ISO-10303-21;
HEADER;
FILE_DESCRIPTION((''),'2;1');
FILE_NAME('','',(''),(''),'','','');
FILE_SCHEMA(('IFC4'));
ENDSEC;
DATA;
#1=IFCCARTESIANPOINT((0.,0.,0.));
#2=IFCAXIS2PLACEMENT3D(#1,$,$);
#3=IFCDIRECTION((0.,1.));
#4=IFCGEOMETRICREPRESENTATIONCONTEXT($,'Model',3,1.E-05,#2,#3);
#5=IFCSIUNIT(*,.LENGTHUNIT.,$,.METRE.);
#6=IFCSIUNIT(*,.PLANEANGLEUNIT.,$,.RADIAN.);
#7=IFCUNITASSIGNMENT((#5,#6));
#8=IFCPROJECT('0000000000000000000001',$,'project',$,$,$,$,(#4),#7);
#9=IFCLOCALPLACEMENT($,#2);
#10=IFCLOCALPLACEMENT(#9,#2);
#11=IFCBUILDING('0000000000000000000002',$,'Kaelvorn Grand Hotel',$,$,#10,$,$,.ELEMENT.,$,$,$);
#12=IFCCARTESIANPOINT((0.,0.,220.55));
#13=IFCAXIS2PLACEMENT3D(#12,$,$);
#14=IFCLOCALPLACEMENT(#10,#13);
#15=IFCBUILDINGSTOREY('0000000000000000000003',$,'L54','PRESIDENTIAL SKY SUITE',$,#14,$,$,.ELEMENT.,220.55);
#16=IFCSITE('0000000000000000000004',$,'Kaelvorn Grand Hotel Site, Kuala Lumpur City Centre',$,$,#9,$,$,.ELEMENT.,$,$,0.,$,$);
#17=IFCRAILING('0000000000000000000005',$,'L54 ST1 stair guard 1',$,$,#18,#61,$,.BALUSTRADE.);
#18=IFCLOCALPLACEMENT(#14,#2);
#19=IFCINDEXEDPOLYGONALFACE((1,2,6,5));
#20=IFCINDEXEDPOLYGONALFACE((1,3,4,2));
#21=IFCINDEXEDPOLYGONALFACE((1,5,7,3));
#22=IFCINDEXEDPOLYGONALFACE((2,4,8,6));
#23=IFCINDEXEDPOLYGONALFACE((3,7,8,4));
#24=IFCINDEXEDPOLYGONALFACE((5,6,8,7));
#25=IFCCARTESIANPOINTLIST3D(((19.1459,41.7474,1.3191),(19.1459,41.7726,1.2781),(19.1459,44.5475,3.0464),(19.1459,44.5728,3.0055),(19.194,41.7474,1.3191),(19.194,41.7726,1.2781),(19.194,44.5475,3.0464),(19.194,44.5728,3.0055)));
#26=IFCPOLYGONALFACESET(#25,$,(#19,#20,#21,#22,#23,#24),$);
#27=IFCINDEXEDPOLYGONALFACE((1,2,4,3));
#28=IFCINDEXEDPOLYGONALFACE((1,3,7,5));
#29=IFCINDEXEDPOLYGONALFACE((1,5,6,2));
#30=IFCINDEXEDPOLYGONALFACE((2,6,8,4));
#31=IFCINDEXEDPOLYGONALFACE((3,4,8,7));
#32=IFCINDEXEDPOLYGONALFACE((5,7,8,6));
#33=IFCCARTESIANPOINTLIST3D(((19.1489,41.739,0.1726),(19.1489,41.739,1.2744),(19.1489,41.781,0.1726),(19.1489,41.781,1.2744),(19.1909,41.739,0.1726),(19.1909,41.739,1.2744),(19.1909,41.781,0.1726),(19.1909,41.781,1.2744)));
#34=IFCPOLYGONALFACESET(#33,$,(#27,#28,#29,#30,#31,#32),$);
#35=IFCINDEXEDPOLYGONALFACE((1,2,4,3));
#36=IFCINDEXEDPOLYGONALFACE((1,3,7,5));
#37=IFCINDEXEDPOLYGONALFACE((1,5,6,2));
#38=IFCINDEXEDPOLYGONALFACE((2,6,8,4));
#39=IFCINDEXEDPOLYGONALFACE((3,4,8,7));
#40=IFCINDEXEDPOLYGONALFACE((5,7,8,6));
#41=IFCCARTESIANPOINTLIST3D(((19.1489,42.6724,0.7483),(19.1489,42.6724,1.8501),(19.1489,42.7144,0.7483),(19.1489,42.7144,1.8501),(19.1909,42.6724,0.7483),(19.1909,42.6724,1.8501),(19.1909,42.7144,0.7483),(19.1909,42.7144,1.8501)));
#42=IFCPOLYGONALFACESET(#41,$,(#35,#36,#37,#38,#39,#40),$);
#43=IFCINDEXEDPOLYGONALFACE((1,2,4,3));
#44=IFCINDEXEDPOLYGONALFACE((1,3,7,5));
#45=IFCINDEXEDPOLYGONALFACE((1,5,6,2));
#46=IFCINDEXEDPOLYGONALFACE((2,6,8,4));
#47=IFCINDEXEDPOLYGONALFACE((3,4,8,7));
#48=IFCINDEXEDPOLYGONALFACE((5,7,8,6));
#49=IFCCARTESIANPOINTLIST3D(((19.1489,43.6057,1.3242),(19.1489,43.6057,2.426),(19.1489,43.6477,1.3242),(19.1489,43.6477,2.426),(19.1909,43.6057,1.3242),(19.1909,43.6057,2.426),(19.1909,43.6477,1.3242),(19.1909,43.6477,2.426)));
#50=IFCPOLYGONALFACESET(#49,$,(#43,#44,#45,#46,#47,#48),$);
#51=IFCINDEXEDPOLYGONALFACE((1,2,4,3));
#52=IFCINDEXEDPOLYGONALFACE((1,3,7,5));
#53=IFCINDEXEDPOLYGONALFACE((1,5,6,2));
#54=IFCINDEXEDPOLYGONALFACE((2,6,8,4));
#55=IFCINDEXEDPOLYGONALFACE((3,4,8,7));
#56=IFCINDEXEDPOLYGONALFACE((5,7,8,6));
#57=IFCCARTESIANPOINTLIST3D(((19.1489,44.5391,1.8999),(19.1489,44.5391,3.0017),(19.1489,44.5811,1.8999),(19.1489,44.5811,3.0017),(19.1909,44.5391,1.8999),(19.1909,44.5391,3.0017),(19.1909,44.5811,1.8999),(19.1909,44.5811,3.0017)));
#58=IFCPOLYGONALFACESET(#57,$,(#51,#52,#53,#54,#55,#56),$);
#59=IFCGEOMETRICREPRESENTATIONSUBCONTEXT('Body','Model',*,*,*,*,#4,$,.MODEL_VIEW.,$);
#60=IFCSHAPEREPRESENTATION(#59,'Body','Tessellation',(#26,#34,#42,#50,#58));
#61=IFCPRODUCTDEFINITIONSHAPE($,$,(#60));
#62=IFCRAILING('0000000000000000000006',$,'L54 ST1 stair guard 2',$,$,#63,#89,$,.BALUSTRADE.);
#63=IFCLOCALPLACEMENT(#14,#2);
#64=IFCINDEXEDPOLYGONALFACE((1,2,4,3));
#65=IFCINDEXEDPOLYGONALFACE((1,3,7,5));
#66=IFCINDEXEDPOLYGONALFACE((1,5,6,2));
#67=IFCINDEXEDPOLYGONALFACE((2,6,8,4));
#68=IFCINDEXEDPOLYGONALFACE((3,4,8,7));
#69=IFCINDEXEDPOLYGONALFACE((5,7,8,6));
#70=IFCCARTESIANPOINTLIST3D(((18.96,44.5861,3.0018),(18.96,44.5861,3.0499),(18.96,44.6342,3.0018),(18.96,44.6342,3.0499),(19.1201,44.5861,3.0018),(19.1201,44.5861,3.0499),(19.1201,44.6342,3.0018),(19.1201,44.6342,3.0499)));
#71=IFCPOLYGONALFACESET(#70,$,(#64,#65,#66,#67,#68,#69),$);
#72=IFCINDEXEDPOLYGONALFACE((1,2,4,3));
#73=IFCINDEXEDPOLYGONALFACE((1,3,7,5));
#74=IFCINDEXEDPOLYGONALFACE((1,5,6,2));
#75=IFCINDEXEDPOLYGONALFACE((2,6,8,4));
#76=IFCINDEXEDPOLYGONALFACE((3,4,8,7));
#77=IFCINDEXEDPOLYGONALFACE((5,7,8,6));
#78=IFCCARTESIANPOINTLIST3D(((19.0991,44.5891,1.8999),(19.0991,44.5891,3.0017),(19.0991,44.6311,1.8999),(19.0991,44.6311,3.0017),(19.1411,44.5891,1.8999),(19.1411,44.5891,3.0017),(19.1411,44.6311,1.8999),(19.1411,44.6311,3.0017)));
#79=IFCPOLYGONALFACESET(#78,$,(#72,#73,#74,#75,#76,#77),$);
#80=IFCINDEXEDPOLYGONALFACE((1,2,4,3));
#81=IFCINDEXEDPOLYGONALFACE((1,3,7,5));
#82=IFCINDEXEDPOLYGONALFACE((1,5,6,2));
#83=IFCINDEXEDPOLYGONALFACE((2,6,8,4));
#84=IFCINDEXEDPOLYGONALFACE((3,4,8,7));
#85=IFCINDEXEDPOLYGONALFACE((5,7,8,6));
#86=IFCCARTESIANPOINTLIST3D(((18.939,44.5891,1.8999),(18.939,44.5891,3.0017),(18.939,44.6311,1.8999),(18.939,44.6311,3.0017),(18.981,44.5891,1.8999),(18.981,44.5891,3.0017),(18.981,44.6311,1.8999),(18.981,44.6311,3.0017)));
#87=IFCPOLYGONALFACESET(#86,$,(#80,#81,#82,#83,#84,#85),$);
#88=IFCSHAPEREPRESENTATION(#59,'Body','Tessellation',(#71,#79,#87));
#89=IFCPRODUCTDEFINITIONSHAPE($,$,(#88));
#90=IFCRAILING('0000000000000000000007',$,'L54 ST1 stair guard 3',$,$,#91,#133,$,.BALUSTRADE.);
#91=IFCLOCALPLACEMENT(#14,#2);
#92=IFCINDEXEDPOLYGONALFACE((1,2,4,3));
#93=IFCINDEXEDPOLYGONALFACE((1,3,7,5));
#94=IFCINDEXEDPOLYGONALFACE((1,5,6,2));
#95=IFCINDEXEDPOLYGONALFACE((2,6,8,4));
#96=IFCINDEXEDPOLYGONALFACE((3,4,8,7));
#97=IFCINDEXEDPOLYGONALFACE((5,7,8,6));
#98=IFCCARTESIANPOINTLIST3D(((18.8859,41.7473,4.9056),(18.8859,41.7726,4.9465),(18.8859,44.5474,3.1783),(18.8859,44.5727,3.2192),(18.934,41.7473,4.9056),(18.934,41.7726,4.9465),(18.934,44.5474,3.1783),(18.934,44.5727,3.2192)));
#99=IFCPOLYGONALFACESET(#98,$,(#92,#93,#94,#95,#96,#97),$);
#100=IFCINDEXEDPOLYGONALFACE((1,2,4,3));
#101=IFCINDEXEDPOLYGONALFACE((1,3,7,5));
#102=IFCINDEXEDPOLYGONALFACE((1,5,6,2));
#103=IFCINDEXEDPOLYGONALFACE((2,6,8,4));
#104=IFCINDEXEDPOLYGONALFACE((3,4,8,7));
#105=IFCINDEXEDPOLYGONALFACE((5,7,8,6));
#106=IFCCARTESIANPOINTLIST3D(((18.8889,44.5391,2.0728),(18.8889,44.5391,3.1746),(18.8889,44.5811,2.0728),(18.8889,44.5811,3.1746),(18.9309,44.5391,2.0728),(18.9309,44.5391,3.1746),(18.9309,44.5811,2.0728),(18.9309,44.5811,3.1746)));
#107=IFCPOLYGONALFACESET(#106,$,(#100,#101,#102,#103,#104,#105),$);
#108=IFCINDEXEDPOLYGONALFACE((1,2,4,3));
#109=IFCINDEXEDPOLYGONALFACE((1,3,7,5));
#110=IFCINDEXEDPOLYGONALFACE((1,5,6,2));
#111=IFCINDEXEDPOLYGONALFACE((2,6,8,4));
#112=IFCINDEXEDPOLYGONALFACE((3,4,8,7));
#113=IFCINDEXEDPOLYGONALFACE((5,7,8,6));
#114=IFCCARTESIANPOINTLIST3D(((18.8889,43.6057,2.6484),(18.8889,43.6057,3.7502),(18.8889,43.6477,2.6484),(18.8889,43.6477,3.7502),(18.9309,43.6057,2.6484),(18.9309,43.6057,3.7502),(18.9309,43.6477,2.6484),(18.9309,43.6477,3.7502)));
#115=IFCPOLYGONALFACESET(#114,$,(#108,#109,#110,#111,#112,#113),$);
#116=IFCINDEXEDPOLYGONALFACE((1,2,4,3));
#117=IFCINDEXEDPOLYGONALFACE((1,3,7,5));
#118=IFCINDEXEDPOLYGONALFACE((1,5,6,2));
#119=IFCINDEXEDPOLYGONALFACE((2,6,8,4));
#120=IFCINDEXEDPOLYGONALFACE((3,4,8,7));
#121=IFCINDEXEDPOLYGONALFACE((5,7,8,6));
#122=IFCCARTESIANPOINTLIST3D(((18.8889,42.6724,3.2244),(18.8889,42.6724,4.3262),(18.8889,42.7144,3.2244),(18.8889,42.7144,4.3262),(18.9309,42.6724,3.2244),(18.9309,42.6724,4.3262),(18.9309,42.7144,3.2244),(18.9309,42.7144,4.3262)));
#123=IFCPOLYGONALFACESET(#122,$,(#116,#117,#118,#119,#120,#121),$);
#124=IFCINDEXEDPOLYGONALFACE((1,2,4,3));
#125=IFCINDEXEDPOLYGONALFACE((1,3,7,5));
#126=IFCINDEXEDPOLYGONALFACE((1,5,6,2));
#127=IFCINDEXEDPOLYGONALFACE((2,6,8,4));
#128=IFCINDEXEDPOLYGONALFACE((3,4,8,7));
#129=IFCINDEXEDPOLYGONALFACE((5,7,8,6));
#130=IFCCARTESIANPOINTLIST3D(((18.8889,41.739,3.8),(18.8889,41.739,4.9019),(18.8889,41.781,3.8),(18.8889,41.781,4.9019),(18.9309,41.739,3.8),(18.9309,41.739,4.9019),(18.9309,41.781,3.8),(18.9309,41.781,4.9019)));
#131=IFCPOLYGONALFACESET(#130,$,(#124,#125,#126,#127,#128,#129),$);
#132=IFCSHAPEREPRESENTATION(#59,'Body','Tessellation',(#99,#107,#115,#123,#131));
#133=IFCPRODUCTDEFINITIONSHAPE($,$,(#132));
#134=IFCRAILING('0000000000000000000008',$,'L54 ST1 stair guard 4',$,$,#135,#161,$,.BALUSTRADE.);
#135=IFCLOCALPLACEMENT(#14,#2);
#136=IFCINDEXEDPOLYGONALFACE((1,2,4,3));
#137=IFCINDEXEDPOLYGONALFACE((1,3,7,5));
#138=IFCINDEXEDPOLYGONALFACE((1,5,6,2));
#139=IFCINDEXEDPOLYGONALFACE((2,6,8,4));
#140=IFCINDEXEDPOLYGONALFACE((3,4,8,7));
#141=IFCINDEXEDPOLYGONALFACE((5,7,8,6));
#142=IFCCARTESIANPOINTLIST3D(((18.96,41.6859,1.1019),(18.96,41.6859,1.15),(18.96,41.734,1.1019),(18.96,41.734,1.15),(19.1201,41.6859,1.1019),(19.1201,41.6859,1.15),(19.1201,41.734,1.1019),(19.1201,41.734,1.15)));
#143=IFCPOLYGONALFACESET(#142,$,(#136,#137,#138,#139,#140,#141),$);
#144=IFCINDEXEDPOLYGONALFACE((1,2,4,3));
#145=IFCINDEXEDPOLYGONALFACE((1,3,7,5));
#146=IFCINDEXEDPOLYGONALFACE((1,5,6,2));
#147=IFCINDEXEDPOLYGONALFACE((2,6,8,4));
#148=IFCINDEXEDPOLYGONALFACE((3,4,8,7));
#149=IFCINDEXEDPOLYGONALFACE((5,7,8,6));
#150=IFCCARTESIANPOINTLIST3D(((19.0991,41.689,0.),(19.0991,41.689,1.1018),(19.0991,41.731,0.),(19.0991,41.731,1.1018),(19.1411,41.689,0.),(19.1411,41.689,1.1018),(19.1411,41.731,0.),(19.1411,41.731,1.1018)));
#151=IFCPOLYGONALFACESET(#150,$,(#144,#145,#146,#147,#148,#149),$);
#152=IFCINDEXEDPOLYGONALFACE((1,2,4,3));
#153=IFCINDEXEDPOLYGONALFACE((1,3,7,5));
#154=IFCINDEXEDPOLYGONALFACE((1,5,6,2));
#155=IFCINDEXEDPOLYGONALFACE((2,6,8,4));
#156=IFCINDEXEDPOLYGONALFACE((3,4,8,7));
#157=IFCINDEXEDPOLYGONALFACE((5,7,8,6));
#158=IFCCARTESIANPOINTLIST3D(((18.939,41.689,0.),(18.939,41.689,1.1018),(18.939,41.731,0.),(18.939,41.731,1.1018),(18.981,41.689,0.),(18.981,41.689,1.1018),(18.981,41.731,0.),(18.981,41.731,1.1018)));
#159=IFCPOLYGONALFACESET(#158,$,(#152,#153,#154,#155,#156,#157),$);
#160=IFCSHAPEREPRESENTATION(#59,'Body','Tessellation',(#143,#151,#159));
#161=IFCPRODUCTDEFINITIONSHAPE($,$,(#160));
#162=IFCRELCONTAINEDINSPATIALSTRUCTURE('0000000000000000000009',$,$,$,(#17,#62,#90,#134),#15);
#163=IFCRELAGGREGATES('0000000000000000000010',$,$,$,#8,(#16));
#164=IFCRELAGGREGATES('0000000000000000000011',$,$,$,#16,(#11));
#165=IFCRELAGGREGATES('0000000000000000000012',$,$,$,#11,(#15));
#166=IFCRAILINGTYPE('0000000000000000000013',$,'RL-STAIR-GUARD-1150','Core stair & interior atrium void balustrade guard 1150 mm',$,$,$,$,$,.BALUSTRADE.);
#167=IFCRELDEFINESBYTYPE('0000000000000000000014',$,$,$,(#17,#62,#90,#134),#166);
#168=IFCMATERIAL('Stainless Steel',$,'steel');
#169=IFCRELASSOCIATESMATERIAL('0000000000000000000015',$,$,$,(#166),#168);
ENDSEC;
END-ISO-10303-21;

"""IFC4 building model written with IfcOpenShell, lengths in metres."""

from ifc_helpers import new_model, si_unit, direction, frame, origin, origin_2d, place, context, subcontext, project, spatial, rectangle, extrude, material, type_object, element, save


model = new_model("IFC4")

# Units and contexts
model_context = context("Model", 3, precision=1e-05, world=origin(), true_north=direction((0.0, 1.0)))
body_context = subcontext(model_context, "Body", "Model", "MODEL_VIEW")
ifc_project = project(units=[si_unit("LENGTHUNIT", "METRE"), si_unit("PLANEANGLEUNIT", "RADIAN")], contexts=[model_context])

# Site, building, storey
site_placement = place(None, origin())
site = spatial("IfcSite", under=ifc_project, at=site_placement, Name="Kaelvorn Grand Hotel Site, Kuala Lumpur City Centre", CompositionType="ELEMENT", RefElevation=0.0)
building_placement = place(site_placement, origin())
building = spatial("IfcBuilding", under=site, at=building_placement, Name="Kaelvorn Grand Hotel", CompositionType="ELEMENT")
storey_placement = place(building_placement, frame((0.0, 0.0, 220.55)))
storey = spatial("IfcBuildingStorey", under=building, at=storey_placement, Name="L54", Description="PRESIDENTIAL SKY SUITE", CompositionType="ELEMENT", Elevation=220.55)

# Railings
ifc_material_1 = material(Name="Stainless Steel", Category="steel")
railing_type_1 = type_object("IfcRailingType", Name="RL-STAIR-GUARD-1150", Description="Core stair & interior atrium void balustrade guard 1150 mm", PredefinedType="BALUSTRADE", material=ifc_material_1)
railing_1_placement = place(storey_placement, frame((19.1699, 41.76, 0.1726)))
element("IfcRailing", 1, at=railing_1_placement, inside=storey, type_object=railing_type_1, Name="L54 ST1 stair guard 1", PredefinedType="BALUSTRADE", context=body_context, shape_type="SweptSolid", body=[
    extrude(rectangle(XDim=0.0481, YDim=0.0481, at=origin_2d()), frame((0.0, 0.0, 1.126), z_axis=(0.0, 0.85109, 0.52502), x_axis=(-1.0, 0.0, 0.0)), (0.0, 0.0, 1.0), 3.29),
    extrude(rectangle(XDim=0.042, YDim=0.042, at=origin_2d()), origin(), (0.0, 0.0, 1.0), 1.1018),
    extrude(rectangle(XDim=0.042, YDim=0.042, at=origin_2d()), frame((0.0, 0.9333, 0.5757)), (0.0, 0.0, 1.0), 1.1018),
    extrude(rectangle(XDim=0.042, YDim=0.042, at=origin_2d()), frame((0.0, 1.8667, 1.1516)), (0.0, 0.0, 1.0), 1.1018),
    extrude(rectangle(XDim=0.042, YDim=0.042, at=origin_2d()), frame((0.0, 2.8, 1.7273)), (0.0, 0.0, 1.0), 1.1018),
])
railing_2_placement = place(storey_placement, frame((19.1201, 44.6101, 1.8999)))
element("IfcRailing", 2, at=railing_2_placement, inside=storey, type_object=railing_type_1, Name="L54 ST1 stair guard 2", PredefinedType="BALUSTRADE", context=body_context, shape_type="SweptSolid", body=[
    extrude(rectangle(XDim=0.0481, YDim=0.0481, at=origin_2d()), frame((0.0, 0.0, 1.126), z_axis=(-1.0, 0.0, 0.0), x_axis=(0.0, -1.0, 0.0)), (0.0, 0.0, 1.0), 0.1602),
    extrude(rectangle(XDim=0.042, YDim=0.042, at=origin_2d()), origin(), (0.0, 0.0, 1.0), 1.1018),
    extrude(rectangle(XDim=0.042, YDim=0.042, at=origin_2d()), frame((-0.1602, 0.0, 0.0)), (0.0, 0.0, 1.0), 1.1018),
])
railing_3_placement = place(storey_placement, frame((18.9099, 44.5601, 2.0728)))
element("IfcRailing", 3, at=railing_3_placement, inside=storey, type_object=railing_type_1, Name="L54 ST1 stair guard 3", PredefinedType="BALUSTRADE", context=body_context, shape_type="SweptSolid", body=[
    extrude(rectangle(XDim=0.0481, YDim=0.0481, at=origin_2d()), frame((0.0, 0.0, 1.126), z_axis=(0.0, -0.85109, 0.52502), x_axis=(1.0, 0.0, 0.0)), (0.0, 0.0, 1.0), 3.29),
    extrude(rectangle(XDim=0.042, YDim=0.042, at=origin_2d()), origin(), (0.0, 0.0, 1.0), 1.1018),
    extrude(rectangle(XDim=0.042, YDim=0.042, at=origin_2d()), frame((0.0, -0.9333, 0.5757)), (0.0, 0.0, 1.0), 1.1018),
    extrude(rectangle(XDim=0.042, YDim=0.042, at=origin_2d()), frame((0.0, -1.8667, 1.1516)), (0.0, 0.0, 1.0), 1.1018),
    extrude(rectangle(XDim=0.042, YDim=0.042, at=origin_2d()), frame((0.0, -2.8, 1.7273)), (0.0, 0.0, 1.0), 1.1018),
])
railing_4_placement = place(storey_placement, frame((19.1201, 41.71, 0.0)))
element("IfcRailing", 4, at=railing_4_placement, inside=storey, type_object=railing_type_1, Name="L54 ST1 stair guard 4", PredefinedType="BALUSTRADE", context=body_context, shape_type="SweptSolid", body=[
    extrude(rectangle(XDim=0.0481, YDim=0.0481, at=origin_2d()), frame((0.0, 0.0, 1.126), z_axis=(-1.0, 0.0, 0.0), x_axis=(0.0, -1.0, 0.0)), (0.0, 0.0, 1.0), 0.1602),
    extrude(rectangle(XDim=0.042, YDim=0.042, at=origin_2d()), origin(), (0.0, 0.0, 1.0), 1.1018),
    extrude(rectangle(XDim=0.042, YDim=0.042, at=origin_2d()), frame((-0.1602, 0.0, 0.0)), (0.0, 0.0, 1.0), 1.1018),
])

save(model, "model.ifc")
